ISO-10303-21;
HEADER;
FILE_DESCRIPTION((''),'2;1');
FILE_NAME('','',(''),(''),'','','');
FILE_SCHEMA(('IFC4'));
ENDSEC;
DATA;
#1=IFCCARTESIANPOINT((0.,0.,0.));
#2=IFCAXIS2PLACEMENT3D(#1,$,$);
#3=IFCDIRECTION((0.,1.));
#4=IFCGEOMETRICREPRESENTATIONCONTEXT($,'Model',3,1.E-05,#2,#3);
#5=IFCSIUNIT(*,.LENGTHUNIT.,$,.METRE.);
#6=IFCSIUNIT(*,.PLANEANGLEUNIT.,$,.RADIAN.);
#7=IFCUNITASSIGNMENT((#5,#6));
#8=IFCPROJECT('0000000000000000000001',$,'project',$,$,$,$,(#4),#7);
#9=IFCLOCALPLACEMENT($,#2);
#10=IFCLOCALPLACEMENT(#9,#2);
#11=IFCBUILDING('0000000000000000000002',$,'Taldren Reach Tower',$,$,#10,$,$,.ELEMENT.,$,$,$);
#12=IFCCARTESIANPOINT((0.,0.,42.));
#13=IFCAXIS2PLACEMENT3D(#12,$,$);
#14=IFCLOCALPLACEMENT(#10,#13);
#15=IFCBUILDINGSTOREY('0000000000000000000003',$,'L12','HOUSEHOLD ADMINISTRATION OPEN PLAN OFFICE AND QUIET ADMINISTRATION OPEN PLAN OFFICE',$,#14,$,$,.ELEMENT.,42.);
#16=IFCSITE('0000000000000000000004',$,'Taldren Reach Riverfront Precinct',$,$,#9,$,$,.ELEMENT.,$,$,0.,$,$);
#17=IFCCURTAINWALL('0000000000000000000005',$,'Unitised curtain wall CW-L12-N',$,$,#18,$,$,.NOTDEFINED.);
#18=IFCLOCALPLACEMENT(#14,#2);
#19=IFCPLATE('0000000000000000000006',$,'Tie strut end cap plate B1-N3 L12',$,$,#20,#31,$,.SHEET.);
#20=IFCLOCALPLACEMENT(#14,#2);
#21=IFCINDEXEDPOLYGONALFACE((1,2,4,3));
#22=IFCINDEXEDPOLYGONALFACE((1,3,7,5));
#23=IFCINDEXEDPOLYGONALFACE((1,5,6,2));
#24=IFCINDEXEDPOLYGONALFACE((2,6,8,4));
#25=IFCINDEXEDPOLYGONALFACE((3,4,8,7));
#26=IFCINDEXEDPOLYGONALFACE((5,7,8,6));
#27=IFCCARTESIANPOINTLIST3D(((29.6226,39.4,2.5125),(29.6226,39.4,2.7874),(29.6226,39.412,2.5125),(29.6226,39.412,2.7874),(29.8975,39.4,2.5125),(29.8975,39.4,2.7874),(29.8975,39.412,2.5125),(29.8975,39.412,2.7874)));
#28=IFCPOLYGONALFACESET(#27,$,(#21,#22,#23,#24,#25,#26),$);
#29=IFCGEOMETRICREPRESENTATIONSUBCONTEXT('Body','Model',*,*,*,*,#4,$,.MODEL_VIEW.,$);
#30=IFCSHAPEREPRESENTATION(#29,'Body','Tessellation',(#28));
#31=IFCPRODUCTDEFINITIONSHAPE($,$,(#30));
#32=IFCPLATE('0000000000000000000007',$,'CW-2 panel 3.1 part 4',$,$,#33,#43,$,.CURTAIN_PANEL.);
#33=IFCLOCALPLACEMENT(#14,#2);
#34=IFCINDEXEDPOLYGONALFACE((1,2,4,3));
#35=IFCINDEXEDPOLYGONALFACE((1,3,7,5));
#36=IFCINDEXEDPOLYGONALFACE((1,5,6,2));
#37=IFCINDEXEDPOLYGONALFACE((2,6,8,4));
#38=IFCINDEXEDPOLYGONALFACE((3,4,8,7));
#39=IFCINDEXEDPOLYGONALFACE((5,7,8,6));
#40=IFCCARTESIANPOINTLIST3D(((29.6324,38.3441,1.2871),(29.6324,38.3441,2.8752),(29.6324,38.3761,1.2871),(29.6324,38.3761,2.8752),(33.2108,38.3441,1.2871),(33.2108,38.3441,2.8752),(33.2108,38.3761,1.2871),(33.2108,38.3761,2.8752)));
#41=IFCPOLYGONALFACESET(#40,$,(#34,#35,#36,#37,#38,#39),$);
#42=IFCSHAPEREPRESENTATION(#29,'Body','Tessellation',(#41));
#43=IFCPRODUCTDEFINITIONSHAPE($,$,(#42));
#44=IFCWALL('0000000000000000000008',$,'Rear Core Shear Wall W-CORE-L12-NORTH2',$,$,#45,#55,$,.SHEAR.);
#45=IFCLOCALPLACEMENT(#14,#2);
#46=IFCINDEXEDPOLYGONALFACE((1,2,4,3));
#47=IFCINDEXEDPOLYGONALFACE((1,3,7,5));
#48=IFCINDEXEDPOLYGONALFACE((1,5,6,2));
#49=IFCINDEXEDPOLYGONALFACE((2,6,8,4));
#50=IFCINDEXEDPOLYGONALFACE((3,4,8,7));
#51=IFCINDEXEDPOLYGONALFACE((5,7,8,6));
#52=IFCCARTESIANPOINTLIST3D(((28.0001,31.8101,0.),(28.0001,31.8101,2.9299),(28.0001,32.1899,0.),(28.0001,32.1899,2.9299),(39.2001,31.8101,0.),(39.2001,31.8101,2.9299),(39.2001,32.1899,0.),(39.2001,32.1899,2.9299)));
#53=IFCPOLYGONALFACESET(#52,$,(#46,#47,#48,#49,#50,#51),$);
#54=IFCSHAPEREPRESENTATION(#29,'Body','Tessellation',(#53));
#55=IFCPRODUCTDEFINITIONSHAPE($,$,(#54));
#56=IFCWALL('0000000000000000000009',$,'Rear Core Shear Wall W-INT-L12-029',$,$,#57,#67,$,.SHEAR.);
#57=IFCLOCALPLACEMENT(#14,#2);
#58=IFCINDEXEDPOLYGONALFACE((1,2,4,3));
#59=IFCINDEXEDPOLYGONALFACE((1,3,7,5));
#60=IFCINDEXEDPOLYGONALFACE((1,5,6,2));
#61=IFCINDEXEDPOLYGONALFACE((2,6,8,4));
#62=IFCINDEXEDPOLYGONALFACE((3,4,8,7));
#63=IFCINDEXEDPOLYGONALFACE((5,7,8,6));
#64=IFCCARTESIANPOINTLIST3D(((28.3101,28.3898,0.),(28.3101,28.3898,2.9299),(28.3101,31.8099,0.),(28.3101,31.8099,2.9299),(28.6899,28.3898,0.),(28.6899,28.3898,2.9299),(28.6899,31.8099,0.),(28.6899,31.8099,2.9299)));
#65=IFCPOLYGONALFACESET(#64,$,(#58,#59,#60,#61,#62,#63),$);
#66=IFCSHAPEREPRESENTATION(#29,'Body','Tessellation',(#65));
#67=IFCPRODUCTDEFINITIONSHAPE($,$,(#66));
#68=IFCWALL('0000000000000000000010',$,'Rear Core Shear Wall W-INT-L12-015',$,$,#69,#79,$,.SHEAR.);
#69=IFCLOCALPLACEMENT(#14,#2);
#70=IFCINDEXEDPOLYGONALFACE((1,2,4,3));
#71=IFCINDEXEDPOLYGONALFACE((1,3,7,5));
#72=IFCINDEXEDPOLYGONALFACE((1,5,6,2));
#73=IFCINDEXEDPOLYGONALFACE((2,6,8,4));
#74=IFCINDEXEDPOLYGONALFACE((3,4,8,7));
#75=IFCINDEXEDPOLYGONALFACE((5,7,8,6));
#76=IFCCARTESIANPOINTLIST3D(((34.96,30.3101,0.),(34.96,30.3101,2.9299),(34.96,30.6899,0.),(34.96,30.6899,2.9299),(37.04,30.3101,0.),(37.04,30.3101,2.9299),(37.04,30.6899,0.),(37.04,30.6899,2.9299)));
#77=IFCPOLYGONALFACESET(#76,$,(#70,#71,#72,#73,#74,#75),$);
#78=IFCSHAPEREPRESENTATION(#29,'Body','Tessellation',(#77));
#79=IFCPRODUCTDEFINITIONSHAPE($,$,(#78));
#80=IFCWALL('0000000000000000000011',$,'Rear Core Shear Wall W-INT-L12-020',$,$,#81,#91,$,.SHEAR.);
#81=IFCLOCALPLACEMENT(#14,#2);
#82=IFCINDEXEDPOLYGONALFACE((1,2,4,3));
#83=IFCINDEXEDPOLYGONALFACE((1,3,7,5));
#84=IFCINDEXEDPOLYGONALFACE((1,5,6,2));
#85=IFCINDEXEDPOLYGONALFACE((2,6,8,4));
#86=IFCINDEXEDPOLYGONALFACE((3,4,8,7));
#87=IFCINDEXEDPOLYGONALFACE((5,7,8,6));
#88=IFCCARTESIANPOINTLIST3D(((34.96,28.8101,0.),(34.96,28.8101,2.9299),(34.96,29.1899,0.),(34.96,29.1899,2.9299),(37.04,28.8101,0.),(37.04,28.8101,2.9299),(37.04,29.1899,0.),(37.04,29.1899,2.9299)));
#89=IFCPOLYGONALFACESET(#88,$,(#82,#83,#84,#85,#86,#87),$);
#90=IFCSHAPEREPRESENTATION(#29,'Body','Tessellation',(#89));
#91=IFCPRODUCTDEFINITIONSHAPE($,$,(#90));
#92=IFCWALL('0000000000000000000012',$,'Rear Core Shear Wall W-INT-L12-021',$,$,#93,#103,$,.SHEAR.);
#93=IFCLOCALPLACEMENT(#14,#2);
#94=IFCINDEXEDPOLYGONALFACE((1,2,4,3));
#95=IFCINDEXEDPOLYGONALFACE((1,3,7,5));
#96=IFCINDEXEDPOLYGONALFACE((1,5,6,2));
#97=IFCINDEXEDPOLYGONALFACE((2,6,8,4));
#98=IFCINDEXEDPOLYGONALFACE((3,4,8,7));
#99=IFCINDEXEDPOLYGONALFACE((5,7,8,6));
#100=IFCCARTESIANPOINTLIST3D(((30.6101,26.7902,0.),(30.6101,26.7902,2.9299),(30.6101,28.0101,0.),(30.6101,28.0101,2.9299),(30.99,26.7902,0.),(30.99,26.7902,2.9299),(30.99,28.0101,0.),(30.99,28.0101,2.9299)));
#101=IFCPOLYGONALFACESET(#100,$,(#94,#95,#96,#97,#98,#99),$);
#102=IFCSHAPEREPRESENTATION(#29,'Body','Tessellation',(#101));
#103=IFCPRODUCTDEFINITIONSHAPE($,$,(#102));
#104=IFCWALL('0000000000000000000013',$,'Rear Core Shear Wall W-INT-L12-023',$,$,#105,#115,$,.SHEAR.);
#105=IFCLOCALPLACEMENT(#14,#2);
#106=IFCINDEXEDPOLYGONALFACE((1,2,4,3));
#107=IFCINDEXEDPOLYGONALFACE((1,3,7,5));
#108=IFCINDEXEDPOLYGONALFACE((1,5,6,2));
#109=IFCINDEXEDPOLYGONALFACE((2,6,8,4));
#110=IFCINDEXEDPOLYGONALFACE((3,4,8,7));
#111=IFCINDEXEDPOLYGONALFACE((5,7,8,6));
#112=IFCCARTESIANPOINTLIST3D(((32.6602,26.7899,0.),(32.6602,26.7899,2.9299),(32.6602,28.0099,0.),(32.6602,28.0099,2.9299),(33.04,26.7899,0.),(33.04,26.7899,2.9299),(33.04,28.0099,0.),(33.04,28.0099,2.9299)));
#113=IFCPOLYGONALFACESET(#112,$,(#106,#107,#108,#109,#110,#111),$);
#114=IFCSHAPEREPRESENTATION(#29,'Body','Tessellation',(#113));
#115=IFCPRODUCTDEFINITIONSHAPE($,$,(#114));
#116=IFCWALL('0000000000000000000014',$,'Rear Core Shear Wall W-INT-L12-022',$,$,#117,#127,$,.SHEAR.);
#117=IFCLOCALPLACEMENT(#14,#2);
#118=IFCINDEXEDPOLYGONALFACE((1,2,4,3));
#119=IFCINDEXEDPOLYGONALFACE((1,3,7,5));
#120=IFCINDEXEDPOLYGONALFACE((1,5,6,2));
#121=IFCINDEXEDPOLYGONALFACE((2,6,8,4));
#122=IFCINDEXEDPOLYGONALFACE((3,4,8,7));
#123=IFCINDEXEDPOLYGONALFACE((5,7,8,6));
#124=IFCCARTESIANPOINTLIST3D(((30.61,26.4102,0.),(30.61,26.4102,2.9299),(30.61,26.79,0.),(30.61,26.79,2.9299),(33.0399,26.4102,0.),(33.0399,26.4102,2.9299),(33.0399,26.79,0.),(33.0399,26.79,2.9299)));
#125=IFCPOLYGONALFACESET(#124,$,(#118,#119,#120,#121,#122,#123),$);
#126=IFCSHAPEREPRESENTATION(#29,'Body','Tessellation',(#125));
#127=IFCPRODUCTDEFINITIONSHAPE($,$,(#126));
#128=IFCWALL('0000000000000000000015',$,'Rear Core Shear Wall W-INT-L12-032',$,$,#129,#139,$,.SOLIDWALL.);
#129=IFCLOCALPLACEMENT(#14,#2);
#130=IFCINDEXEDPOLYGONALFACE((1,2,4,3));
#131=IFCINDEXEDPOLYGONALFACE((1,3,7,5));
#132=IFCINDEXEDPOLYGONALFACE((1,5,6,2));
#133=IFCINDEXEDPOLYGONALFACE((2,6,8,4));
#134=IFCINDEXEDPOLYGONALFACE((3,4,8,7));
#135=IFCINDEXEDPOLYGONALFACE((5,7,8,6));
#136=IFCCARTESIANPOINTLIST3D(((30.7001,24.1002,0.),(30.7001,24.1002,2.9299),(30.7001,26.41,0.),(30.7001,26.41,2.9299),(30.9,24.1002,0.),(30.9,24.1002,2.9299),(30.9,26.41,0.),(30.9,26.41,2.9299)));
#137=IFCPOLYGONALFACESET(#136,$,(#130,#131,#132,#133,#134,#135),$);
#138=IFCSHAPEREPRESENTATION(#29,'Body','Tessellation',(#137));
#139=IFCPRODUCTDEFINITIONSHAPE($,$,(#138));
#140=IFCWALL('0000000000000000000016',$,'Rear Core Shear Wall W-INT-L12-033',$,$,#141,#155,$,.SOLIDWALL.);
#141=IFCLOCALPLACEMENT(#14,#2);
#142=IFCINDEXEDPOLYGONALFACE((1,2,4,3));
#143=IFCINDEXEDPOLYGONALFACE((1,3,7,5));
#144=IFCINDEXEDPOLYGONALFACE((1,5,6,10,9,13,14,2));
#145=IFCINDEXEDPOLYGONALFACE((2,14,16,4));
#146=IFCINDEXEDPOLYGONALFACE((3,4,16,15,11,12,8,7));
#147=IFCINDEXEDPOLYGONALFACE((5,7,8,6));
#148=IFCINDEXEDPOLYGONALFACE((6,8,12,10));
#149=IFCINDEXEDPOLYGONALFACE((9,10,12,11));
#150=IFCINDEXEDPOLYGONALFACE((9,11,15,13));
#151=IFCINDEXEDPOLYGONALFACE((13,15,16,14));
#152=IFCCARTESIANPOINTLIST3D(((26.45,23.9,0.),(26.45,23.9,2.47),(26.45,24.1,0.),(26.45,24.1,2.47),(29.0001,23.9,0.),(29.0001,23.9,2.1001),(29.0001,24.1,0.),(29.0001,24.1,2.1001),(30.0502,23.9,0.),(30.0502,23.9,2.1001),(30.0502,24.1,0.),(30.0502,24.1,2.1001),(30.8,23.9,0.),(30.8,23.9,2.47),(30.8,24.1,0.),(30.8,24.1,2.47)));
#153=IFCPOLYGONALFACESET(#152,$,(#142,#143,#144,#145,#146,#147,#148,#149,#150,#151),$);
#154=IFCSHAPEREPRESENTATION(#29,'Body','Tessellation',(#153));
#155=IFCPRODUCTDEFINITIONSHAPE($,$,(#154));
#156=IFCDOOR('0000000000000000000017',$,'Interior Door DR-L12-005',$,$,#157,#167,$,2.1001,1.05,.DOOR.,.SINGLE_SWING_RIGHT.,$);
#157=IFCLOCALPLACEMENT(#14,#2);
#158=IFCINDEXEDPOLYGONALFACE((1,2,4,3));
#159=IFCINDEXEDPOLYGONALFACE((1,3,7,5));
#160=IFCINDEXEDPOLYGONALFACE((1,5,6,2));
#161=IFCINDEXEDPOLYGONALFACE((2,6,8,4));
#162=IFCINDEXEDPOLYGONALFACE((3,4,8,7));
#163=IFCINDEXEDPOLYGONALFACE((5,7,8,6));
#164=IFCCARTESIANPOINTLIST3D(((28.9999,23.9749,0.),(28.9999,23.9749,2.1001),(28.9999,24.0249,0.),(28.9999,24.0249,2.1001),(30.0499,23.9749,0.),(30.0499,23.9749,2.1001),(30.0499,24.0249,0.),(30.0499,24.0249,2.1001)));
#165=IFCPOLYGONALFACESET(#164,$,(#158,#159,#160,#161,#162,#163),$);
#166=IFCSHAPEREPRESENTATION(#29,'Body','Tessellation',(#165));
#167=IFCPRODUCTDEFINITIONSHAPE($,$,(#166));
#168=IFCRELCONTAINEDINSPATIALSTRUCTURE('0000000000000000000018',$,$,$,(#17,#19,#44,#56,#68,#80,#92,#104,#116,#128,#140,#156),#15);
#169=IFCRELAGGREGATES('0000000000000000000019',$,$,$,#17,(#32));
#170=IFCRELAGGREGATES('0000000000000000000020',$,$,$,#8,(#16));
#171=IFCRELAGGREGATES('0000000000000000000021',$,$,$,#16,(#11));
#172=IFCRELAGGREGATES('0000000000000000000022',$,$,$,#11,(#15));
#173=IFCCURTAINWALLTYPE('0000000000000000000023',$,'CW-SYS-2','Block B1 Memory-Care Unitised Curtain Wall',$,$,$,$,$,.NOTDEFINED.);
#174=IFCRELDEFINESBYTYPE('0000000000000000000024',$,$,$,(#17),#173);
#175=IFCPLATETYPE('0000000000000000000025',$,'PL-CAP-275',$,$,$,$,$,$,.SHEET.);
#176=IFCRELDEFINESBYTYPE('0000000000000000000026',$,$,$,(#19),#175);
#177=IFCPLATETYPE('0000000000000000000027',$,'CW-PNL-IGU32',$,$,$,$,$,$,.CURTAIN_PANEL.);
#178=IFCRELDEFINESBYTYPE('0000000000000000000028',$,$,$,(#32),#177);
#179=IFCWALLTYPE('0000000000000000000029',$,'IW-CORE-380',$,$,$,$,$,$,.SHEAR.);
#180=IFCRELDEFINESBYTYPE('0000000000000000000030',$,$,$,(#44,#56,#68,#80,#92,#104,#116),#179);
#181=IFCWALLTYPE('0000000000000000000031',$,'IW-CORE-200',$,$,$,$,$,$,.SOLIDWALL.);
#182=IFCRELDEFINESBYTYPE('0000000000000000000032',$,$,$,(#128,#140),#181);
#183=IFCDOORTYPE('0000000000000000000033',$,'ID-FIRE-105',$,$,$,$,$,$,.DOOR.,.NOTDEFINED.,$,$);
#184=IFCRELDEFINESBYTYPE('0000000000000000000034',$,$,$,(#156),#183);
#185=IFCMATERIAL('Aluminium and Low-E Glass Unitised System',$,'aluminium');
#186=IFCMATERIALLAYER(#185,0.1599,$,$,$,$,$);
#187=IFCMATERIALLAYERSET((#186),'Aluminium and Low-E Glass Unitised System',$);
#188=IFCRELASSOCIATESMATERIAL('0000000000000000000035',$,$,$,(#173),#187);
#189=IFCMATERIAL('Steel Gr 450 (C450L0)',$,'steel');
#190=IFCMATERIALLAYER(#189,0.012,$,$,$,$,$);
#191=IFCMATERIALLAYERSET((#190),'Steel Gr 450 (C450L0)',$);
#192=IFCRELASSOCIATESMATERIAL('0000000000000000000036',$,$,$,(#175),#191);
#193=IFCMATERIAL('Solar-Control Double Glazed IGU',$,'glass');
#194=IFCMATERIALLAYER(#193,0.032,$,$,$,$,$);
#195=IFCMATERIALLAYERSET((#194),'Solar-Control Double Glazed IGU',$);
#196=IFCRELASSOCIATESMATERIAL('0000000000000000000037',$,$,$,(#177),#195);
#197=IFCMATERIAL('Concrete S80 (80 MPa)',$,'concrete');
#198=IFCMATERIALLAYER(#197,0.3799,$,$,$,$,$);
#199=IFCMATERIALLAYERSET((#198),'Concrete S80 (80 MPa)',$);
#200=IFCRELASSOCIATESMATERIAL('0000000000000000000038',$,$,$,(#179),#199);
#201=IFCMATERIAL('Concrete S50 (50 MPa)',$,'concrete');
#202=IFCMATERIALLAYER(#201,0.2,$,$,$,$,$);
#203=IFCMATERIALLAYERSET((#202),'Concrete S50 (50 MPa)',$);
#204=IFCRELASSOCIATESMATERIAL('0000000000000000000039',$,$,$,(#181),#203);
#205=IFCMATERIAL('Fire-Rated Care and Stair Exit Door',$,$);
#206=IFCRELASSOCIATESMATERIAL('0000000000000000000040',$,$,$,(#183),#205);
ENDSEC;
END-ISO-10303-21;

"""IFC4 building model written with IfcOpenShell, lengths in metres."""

from ifc_helpers import new_model, si_unit, direction, frame, frame_2d, origin, origin_2d, place, context, subcontext, project, spatial, rectangle, extrude, source, transform, mapped, material, layer, layer_set, type_object, element, fill, aggregate, save


model = new_model("IFC4")

# Units and contexts
model_context = context("Model", 3, precision=1e-05, world=origin(), true_north=direction((0.0, 1.0)))
body_context = subcontext(model_context, "Body", "Model", "MODEL_VIEW")
ifc_project = project(units=[si_unit("LENGTHUNIT", "METRE"), si_unit("PLANEANGLEUNIT", "RADIAN")], contexts=[model_context])

# Site, building, storey
site_placement = place(None, origin())
site = spatial("IfcSite", under=ifc_project, at=site_placement, Name="Taldren Reach Riverfront Precinct", CompositionType="ELEMENT", RefElevation=0.0)
building_placement = place(site_placement, origin())
building = spatial("IfcBuilding", under=site, at=building_placement, Name="Taldren Reach Tower", CompositionType="ELEMENT")
storey_placement = place(building_placement, frame((0.0, 0.0, 42.0)))
storey = spatial("IfcBuildingStorey", under=building, at=storey_placement, Name="L12", Description="HOUSEHOLD ADMINISTRATION OPEN PLAN OFFICE AND QUIET ADMINISTRATION OPEN PLAN OFFICE", CompositionType="ELEMENT", Elevation=42.0)

# Shared definitions
ifc_material_1 = material(Name="Steel Gr 450 (C450L0)", Category="steel")

# Curtain wall
ifc_material_2 = material(Name="Aluminium and Low-E Glass Unitised System", Category="aluminium")
ifc_layer_1 = layer(ifc_material_2, 0.1599)
ifc_layer_set_1 = layer_set([ifc_layer_1], Name="Aluminium and Low-E Glass Unitised System")
curtain_wall_type = type_object("IfcCurtainWallType", Name="CW-SYS-2", Description="Block B1 Memory-Care Unitised Curtain Wall", PredefinedType="NOTDEFINED", material=ifc_layer_set_1)
curtain_wall_placement = place(storey_placement, origin())
curtain_wall = element("IfcCurtainWall", 1, at=curtain_wall_placement, inside=storey, type_object=curtain_wall_type, Name="Unitised curtain wall CW-L12-N", PredefinedType="NOTDEFINED")

# Plates
ifc_layer_2 = layer(ifc_material_1, 0.012)
ifc_layer_set_2 = layer_set([ifc_layer_2], Name="Steel Gr 450 (C450L0)")
plate_type_1 = type_object("IfcPlateType", Name="PL-CAP-275", PredefinedType="SHEET", material=ifc_layer_set_2)
shared_shape_1 = source(origin(), body_context, "Body", "SweptSolid", [
    extrude(rectangle(XDim=0.2749, YDim=0.012, at=origin_2d()), origin(), (0.0, 0.0, 1.0), 0.2749),
])
plate_1_placement = place(storey_placement, frame((29.76, 39.406, 2.5125), z_axis=(0.0, 0.0, 1.0), x_axis=(1.0, 0.0, 0.0)))
element("IfcPlate", 2, at=plate_1_placement, inside=storey, type_object=plate_type_1, Name="Tie strut end cap plate B1-N3 L12", PredefinedType="SHEET", context=body_context, shape_type="MappedRepresentation", body=[
    mapped(shared_shape_1, transform((0.0, 0.0, 0.0), scale=1.0)),
])
ifc_material_3 = material(Name="Solar-Control Double Glazed IGU", Category="glass")
ifc_layer_3 = layer(ifc_material_3, 0.032)
ifc_layer_set_3 = layer_set([ifc_layer_3], Name="Solar-Control Double Glazed IGU")
plate_type_2 = type_object("IfcPlateType", Name="CW-PNL-IGU32", PredefinedType="CURTAIN_PANEL", material=ifc_layer_set_3)
shared_shape_2 = source(origin(), body_context, "Body", "SweptSolid", [
    extrude(rectangle(XDim=3.5784, YDim=0.032, at=origin_2d()), origin(), (0.0, 0.0, 1.0), 1.5881),
])
plate_2_placement = place(storey_placement, frame((31.4216, 38.3601, 1.2871), z_axis=(0.0, 0.0, 1.0), x_axis=(-1.0, 0.0, 0.0)))
plate_2 = element("IfcPlate", 3, at=plate_2_placement, type_object=plate_type_2, Name="CW-2 panel 3.1 part 4", PredefinedType="CURTAIN_PANEL", context=body_context, shape_type="MappedRepresentation", body=[
    mapped(shared_shape_2, transform((0.0, 0.0, 0.0), scale=1.0)),
])
aggregate(curtain_wall, [plate_2])

# Walls
ifc_material_4 = material(Name="Concrete S80 (80 MPa)", Category="concrete")
ifc_layer_4 = layer(ifc_material_4, 0.3799)
ifc_layer_set_4 = layer_set([ifc_layer_4], Name="Concrete S80 (80 MPa)")
wall_type_1 = type_object("IfcWallType", Name="IW-CORE-380", PredefinedType="SHEAR", material=ifc_layer_set_4)
shared_shape_3 = source(origin(), body_context, "Body", "SweptSolid", [
    extrude(rectangle(XDim=11.2, YDim=0.3799, at=frame_2d((5.6001, 0.0))), origin(), (0.0, 0.0, 1.0), 2.9299),
])
wall_1_placement = place(storey_placement, frame((28.0, 32.0, 0.0), z_axis=(0.0, 0.0, 1.0), x_axis=(1.0, 0.0, 0.0)))
element("IfcWall", 4, at=wall_1_placement, inside=storey, type_object=wall_type_1, Name="Rear Core Shear Wall W-CORE-L12-NORTH2", PredefinedType="SHEAR", context=body_context, shape_type="MappedRepresentation", body=[
    mapped(shared_shape_3, transform((0.0, 0.0, 0.0), scale=1.0)),
])
shared_shape_4 = source(origin(), body_context, "Body", "SweptSolid", [
    extrude(rectangle(XDim=3.4202, YDim=0.3799, at=frame_2d((1.71, 0.0))), origin(), (0.0, 0.0, 1.0), 2.9299),
])
wall_2_placement = place(storey_placement, frame((28.5, 28.3899, 0.0), z_axis=(0.0, 0.0, 1.0), x_axis=(0.0, 1.0, 0.0)))
element("IfcWall", 5, at=wall_2_placement, inside=storey, type_object=wall_type_1, Name="Rear Core Shear Wall W-INT-L12-029", PredefinedType="SHEAR", context=body_context, shape_type="MappedRepresentation", body=[
    mapped(shared_shape_4, transform((0.0, 0.0, 0.0), scale=1.0)),
])
shared_shape_5 = source(origin(), body_context, "Body", "SweptSolid", [
    extrude(rectangle(XDim=2.0801, YDim=0.3799, at=frame_2d((1.04, 0.0))), origin(), (0.0, 0.0, 1.0), 2.9299),
])
for number, where, z_axis, x_axis, name in (
    (6, (34.96, 30.5, 0.0), (0.0, 0.0, 1.0), (1.0, 0.0, 0.0), "Rear Core Shear Wall W-INT-L12-015"),
    (7, (34.96, 29.0, 0.0), (0.0, 0.0, 1.0), (1.0, 0.0, 0.0), "Rear Core Shear Wall W-INT-L12-020"),
):
    element("IfcWall", number, at=place(storey_placement, frame(where, z_axis=z_axis, x_axis=x_axis)), inside=storey, type_object=wall_type_1, Name=name, PredefinedType="SHEAR", context=body_context, shape_type="MappedRepresentation", body=[
        mapped(shared_shape_5, transform((0.0, 0.0, 0.0), scale=1.0)),
    ])
shared_shape_6 = source(origin(), body_context, "Body", "SweptSolid", [
    extrude(rectangle(XDim=1.22, YDim=0.3799, at=frame_2d((0.6099, 0.0))), origin(), (0.0, 0.0, 1.0), 2.9299),
])
for number, where, z_axis, x_axis, name in (
    (8, (30.8, 28.01, 0.0), (0.0, 0.0, 1.0), (0.0, -1.0, 0.0), "Rear Core Shear Wall W-INT-L12-021"),
    (9, (32.8501, 26.79, 0.0), (0.0, 0.0, 1.0), (0.0, 1.0, 0.0), "Rear Core Shear Wall W-INT-L12-023"),
):
    element("IfcWall", number, at=place(storey_placement, frame(where, z_axis=z_axis, x_axis=x_axis)), inside=storey, type_object=wall_type_1, Name=name, PredefinedType="SHEAR", context=body_context, shape_type="MappedRepresentation", body=[
        mapped(shared_shape_6, transform((0.0, 0.0, 0.0), scale=1.0)),
    ])
shared_shape_7 = source(origin(), body_context, "Body", "SweptSolid", [
    extrude(rectangle(XDim=2.4299, YDim=0.3799, at=frame_2d((1.2148, 0.0))), origin(), (0.0, 0.0, 1.0), 2.9299),
])
wall_3_placement = place(storey_placement, frame((30.6101, 26.6001, 0.0), z_axis=(0.0, 0.0, 1.0), x_axis=(1.0, 0.0, 0.0)))
element("IfcWall", 10, at=wall_3_placement, inside=storey, type_object=wall_type_1, Name="Rear Core Shear Wall W-INT-L12-022", PredefinedType="SHEAR", context=body_context, shape_type="MappedRepresentation", body=[
    mapped(shared_shape_7, transform((0.0, 0.0, 0.0), scale=1.0)),
])

# Wall
ifc_material_5 = material(Name="Concrete S50 (50 MPa)", Category="concrete")
ifc_layer_5 = layer(ifc_material_5, 0.2)
ifc_layer_set_5 = layer_set([ifc_layer_5], Name="Concrete S50 (50 MPa)")
wall_type_2 = type_object("IfcWallType", Name="IW-CORE-200", PredefinedType="SOLIDWALL", material=ifc_layer_set_5)
shared_shape_8 = source(origin(), body_context, "Body", "SweptSolid", [
    extrude(rectangle(XDim=2.3098, YDim=0.2, at=frame_2d((1.1548, 0.0))), origin(), (0.0, 0.0, 1.0), 2.9299),
])
wall_4_placement = place(storey_placement, frame((30.8, 26.4099, 0.0), z_axis=(0.0, 0.0, 1.0), x_axis=(0.0, -1.0, 0.0)))
element("IfcWall", 11, at=wall_4_placement, inside=storey, type_object=wall_type_2, Name="Rear Core Shear Wall W-INT-L12-032", PredefinedType="SOLIDWALL", context=body_context, shape_type="MappedRepresentation", body=[
    mapped(shared_shape_8, transform((0.0, 0.0, 0.0), scale=1.0)),
])

# Wall, opening, door
shared_shape_9 = source(origin(), body_context, "Body", "SweptSolid", [
    extrude(rectangle(XDim=4.3501, YDim=0.2, at=frame_2d((2.175, 0.0))), origin(), (0.0, 0.0, 1.0), 2.47),
])
wall_5_placement = place(storey_placement, frame((30.8, 24.0, 0.0), z_axis=(0.0, 0.0, 1.0), x_axis=(-1.0, 0.0, 0.0)))
wall_5 = element("IfcWall", 12, at=wall_5_placement, inside=storey, type_object=wall_type_2, Name="Rear Core Shear Wall W-INT-L12-033", PredefinedType="SOLIDWALL", context=body_context, shape_type="MappedRepresentation", body=[
    mapped(shared_shape_9, transform((0.0, 0.0, 0.0), scale=1.0)),
])
shared_shape_10 = source(origin(), body_context, "Body", "SweptSolid", [
    extrude(rectangle(XDim=1.05, YDim=2.1001, at=frame_2d((0.5249, 1.05))), frame((0.0, 0.1099, 0.0), z_axis=(0.0, -1.0, 0.0), x_axis=(1.0, 0.0, 0.0)), (0.0, 0.0, 1.0), 0.22),
])
opening_1_placement = place(wall_5_placement, frame((0.75, 0.0, 0.0)))
opening_1 = element("IfcOpeningElement", 13, at=opening_1_placement, cuts=wall_5, PredefinedType="OPENING", context=body_context, shape_type="MappedRepresentation", body=[
    mapped(shared_shape_10, transform((0.0, 0.0, 0.0), scale=1.0)),
])
ifc_material_6 = material(Name="Fire-Rated Care and Stair Exit Door")
door_type_1 = type_object("IfcDoorType", Name="ID-FIRE-105", OperationType="NOTDEFINED", PredefinedType="DOOR", material=ifc_material_6)
shared_shape_11 = source(origin(), body_context, "Body", "SweptSolid", [
    extrude(rectangle(XDim=1.05, YDim=2.1001, at=frame_2d((0.5249, 1.05))), frame((0.0, 0.0249, 0.0), z_axis=(0.0, -1.0, 0.0), x_axis=(1.0, 0.0, 0.0)), (0.0, 0.0, 1.0), 0.05),
])
door_1_placement = place(opening_1_placement, frame((1.05, 0.0, 0.0), z_axis=(0.0, 0.0, 1.0), x_axis=(-1.0, 0.0, 0.0)))
door_1 = element("IfcDoor", 14, at=door_1_placement, inside=storey, type_object=door_type_1, Name="Interior Door DR-L12-005", OperationType="SINGLE_SWING_RIGHT", OverallHeight=2.1001, OverallWidth=1.05, PredefinedType="DOOR", context=body_context, shape_type="MappedRepresentation", body=[
    mapped(shared_shape_11, transform((0.0, 0.0, 0.0), scale=1.0)),
])
fill(opening_1, door_1)

save(model, "model.ifc")
